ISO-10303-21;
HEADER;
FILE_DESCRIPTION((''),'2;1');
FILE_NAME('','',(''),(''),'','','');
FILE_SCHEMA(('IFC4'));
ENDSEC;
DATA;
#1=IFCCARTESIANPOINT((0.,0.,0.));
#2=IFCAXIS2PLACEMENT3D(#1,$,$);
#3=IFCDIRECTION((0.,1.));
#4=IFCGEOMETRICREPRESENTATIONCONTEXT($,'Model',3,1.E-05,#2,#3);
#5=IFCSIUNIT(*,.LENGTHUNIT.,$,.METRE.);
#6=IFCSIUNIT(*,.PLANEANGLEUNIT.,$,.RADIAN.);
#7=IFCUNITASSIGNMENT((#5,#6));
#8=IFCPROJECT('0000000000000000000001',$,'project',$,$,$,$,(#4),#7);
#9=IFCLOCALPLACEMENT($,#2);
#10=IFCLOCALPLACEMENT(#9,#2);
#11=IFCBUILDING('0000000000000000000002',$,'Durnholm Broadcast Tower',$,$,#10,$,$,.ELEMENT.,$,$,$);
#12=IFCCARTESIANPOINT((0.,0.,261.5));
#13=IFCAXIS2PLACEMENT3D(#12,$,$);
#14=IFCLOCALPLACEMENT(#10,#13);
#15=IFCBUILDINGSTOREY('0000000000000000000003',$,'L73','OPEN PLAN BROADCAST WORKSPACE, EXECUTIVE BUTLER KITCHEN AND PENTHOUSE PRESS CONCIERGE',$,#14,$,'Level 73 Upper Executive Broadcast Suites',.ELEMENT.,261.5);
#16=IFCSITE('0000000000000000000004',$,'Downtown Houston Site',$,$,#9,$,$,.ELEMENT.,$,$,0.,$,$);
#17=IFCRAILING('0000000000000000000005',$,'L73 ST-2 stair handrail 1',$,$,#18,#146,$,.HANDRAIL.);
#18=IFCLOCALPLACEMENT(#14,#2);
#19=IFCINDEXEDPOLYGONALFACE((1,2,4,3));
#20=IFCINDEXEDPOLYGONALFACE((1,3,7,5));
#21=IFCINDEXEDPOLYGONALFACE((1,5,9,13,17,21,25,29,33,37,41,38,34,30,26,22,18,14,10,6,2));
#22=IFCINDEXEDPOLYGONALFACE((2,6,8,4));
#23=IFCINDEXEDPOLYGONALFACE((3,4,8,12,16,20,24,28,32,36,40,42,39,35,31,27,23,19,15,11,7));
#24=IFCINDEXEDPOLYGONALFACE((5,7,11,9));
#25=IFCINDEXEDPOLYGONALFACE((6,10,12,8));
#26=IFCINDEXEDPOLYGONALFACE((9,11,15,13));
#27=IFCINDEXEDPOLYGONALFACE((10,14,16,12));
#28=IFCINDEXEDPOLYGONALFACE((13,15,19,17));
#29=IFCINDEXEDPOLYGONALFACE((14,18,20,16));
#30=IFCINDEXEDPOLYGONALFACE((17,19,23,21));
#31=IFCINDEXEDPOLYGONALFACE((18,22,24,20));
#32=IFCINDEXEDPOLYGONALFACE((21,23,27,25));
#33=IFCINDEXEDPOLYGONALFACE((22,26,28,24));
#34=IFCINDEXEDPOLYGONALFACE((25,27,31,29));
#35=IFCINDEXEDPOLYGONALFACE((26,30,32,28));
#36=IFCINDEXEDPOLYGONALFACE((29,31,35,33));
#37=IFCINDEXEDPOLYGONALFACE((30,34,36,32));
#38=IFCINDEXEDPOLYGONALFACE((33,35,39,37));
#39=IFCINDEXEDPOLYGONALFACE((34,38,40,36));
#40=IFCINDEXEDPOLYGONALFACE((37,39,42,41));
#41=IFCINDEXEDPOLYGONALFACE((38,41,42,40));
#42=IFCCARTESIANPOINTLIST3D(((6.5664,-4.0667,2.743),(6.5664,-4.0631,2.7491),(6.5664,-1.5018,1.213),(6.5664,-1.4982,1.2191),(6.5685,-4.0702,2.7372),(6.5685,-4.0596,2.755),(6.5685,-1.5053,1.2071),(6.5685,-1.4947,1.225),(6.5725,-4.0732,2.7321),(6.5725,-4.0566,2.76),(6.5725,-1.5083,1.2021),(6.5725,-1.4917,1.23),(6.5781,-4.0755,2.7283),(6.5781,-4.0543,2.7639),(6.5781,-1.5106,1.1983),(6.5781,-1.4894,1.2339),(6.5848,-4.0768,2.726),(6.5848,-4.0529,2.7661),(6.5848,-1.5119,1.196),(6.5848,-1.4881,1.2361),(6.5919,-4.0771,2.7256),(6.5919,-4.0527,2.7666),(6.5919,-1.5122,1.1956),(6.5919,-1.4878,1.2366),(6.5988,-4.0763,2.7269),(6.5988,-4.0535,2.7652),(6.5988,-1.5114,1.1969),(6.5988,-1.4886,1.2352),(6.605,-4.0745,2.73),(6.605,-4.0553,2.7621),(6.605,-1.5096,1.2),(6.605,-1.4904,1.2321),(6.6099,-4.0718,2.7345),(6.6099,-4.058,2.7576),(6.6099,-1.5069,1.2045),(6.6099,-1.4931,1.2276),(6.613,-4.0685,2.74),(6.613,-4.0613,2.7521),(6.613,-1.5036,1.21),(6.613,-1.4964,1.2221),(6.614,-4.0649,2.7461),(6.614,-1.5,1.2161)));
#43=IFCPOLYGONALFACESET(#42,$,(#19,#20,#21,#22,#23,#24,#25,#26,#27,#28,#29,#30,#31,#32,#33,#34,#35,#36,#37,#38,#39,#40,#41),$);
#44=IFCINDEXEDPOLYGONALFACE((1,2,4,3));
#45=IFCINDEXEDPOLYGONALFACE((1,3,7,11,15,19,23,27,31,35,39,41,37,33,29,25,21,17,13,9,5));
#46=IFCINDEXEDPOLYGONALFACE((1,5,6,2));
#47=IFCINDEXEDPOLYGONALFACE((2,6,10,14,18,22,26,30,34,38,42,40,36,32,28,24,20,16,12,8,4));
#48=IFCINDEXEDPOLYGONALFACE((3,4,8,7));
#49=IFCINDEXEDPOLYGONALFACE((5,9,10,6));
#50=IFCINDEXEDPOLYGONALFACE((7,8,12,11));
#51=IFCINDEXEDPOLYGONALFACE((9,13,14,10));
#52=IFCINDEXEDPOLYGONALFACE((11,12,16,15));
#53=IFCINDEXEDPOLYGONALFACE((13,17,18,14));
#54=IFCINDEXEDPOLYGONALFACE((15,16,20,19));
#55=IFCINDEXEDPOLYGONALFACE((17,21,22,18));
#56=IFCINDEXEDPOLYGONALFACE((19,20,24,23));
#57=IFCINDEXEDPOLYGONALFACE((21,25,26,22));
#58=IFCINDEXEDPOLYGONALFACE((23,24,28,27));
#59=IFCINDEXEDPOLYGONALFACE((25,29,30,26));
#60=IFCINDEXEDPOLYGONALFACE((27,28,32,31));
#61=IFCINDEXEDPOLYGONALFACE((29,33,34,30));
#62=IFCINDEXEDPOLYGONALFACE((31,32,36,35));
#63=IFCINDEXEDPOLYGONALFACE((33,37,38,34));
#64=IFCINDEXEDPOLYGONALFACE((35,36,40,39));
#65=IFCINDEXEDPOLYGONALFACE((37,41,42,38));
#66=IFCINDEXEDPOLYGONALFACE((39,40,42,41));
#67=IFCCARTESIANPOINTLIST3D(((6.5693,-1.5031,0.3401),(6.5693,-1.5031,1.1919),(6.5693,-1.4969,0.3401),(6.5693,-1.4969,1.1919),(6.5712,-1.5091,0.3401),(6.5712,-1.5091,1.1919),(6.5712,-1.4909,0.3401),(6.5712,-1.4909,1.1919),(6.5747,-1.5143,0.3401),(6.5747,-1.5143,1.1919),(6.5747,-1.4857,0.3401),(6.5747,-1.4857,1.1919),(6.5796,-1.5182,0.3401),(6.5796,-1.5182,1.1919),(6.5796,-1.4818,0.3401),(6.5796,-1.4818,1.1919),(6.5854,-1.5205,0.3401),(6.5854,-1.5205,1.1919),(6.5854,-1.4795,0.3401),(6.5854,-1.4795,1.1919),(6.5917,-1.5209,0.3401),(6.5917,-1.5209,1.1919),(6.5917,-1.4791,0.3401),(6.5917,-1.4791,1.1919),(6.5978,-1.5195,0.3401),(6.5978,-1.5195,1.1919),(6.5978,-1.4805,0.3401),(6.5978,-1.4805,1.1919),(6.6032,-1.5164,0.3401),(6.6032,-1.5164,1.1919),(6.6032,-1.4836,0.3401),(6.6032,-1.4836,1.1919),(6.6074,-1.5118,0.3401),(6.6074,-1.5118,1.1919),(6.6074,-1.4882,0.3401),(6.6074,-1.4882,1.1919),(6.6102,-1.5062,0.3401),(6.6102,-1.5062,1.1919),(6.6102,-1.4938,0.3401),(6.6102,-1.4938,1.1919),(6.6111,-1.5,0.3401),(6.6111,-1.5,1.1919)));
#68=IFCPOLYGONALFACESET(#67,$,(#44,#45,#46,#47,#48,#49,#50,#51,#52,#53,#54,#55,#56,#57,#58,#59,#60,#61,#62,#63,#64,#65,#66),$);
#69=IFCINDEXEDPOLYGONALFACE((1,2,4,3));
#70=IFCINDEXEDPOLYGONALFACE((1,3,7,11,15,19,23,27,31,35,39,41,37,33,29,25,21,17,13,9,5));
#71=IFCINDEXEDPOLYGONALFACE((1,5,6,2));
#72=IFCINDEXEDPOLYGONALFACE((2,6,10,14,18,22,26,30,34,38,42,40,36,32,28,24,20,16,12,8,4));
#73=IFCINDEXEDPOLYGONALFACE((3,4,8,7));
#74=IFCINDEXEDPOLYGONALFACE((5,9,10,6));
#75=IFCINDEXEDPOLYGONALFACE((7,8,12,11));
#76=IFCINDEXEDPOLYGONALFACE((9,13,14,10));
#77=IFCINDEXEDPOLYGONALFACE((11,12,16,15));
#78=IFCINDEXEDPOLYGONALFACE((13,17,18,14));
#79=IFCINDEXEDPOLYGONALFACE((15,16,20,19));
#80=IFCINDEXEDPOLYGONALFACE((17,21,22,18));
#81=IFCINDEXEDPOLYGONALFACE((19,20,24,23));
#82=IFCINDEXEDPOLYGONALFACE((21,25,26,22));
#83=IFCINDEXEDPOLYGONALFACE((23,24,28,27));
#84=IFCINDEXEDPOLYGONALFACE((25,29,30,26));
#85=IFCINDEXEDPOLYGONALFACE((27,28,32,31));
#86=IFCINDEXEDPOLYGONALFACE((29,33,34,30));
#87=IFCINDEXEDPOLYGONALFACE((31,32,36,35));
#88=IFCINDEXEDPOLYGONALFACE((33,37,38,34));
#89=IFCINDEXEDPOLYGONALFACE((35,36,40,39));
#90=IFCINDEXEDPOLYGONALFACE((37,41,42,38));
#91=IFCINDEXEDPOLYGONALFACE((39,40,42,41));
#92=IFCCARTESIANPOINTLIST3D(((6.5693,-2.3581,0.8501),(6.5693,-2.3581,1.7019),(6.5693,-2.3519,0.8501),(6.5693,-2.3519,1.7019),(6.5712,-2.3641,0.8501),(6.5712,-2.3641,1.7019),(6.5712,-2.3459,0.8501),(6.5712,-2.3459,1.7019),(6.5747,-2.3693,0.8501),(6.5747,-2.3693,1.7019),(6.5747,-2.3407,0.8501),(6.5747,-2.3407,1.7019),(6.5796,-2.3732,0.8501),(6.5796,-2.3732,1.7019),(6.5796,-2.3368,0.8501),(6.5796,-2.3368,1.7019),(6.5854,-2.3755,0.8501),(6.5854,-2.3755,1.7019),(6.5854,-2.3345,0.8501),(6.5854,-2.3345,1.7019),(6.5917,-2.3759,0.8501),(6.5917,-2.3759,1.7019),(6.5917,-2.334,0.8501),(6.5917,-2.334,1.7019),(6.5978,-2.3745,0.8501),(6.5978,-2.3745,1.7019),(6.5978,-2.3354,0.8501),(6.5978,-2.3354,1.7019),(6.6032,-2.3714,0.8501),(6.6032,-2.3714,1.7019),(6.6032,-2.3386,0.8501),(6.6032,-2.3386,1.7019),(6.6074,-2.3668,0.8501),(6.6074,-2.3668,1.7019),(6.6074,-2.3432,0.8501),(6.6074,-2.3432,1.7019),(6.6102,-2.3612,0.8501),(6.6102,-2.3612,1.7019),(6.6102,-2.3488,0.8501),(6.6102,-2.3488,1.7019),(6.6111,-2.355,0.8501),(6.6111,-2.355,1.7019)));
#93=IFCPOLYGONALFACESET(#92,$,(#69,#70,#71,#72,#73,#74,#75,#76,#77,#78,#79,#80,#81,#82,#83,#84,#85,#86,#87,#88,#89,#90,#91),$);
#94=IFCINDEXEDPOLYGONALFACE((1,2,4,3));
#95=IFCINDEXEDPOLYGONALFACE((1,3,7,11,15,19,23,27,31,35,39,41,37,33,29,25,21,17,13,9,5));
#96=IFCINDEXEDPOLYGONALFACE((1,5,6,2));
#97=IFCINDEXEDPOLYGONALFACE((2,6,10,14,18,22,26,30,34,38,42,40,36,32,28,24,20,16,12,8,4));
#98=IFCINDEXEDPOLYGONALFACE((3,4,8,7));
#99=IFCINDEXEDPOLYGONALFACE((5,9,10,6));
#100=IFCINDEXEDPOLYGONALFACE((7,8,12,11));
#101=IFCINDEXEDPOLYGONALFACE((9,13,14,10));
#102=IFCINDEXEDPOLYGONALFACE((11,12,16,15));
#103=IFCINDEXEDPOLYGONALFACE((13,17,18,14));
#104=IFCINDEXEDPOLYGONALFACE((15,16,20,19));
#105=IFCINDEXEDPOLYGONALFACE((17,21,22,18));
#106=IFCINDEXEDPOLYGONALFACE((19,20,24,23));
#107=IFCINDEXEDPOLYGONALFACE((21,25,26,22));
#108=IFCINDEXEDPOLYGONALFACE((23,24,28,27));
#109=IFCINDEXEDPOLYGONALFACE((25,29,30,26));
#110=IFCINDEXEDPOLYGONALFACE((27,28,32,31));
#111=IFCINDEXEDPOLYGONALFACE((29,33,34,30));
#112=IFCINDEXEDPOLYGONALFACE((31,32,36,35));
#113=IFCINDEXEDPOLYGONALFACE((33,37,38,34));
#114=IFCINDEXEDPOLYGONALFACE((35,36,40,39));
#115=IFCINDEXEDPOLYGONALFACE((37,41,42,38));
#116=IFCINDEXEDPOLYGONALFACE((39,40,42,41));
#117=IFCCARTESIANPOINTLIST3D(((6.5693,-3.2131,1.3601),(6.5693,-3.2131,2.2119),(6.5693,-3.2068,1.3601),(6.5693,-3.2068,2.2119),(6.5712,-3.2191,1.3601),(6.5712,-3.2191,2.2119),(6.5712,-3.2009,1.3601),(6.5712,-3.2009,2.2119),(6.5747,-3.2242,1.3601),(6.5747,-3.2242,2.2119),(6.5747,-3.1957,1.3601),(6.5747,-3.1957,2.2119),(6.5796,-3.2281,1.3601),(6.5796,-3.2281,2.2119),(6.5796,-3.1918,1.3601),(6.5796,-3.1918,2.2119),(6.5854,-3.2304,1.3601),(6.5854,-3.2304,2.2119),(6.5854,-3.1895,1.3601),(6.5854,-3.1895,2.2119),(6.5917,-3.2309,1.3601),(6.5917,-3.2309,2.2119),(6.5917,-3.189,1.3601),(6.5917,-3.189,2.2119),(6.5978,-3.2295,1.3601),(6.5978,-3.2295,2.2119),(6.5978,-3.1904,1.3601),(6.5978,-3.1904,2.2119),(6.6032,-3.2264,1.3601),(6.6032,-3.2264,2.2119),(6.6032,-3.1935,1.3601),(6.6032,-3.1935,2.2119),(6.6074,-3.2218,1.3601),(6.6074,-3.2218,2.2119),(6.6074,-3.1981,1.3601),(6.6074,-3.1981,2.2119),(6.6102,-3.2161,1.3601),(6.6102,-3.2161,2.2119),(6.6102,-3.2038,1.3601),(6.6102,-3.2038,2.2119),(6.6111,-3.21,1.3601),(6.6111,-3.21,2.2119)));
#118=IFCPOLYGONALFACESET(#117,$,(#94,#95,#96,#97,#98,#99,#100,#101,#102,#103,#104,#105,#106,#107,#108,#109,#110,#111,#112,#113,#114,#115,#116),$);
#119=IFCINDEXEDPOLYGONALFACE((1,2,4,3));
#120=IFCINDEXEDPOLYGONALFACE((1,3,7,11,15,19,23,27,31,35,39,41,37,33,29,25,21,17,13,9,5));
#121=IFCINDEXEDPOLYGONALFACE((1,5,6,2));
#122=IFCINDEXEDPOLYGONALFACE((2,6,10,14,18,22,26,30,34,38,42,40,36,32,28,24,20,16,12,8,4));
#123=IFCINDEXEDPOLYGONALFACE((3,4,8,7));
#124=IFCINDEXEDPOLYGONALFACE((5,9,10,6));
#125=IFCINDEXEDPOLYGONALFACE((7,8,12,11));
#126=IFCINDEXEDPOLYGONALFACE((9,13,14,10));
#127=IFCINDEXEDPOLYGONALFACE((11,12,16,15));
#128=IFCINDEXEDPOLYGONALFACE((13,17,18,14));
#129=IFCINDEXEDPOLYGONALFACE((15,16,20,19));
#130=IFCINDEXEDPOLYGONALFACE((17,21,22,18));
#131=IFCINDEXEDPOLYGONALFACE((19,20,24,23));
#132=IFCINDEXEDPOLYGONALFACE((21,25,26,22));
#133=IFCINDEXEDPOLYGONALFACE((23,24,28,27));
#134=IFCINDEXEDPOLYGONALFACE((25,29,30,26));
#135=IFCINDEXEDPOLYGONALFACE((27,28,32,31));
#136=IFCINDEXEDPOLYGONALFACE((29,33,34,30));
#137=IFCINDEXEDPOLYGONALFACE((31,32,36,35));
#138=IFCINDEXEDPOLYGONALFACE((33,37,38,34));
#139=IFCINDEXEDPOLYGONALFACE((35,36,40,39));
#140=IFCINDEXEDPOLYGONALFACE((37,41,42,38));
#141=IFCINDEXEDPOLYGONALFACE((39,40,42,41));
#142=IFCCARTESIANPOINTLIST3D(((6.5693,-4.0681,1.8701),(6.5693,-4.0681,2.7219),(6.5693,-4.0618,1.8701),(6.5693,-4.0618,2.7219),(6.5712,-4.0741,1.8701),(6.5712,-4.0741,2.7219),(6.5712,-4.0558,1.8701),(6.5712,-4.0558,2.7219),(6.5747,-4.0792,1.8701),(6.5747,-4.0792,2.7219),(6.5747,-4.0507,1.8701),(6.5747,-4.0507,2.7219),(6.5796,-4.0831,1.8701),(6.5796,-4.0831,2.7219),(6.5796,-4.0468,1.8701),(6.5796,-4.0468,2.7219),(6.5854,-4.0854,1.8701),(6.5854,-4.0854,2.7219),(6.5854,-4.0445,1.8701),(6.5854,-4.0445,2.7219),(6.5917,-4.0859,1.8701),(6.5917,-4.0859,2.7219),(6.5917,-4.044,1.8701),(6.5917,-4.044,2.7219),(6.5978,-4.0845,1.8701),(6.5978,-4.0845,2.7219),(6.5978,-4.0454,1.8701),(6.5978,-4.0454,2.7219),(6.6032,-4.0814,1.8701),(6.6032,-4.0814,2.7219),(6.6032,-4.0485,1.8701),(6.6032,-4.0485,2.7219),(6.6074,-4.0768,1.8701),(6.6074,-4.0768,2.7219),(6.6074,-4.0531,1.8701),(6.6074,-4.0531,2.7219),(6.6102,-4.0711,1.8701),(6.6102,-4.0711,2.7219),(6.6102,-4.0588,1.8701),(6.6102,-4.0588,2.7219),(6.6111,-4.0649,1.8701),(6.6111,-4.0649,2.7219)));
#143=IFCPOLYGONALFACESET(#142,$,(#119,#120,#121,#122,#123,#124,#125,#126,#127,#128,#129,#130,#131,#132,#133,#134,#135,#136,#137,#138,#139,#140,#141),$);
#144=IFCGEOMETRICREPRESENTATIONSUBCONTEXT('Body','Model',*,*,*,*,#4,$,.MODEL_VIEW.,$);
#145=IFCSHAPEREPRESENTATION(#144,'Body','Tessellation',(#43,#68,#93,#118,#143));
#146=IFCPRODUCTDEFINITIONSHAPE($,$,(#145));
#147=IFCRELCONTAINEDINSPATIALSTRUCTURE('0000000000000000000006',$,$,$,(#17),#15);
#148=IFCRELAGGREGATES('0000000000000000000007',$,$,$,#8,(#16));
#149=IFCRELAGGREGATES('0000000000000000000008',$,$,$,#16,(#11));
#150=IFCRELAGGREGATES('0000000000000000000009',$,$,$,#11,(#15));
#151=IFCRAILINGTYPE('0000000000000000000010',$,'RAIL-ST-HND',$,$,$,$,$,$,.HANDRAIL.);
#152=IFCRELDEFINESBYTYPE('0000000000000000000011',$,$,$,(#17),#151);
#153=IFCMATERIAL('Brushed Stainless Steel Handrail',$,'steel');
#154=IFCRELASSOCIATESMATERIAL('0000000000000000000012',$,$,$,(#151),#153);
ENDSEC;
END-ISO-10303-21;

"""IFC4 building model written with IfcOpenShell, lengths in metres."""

from ifc_helpers import new_model, si_unit, direction, frame, origin, origin_2d, place, context, subcontext, project, spatial, circle, extrude, material, type_object, element, save


model = new_model("IFC4")

# Units and contexts
model_context = context("Model", 3, precision=1e-05, world=origin(), true_north=direction((0.0, 1.0)))
body_context = subcontext(model_context, "Body", "Model", "MODEL_VIEW")
ifc_project = project(units=[si_unit("LENGTHUNIT", "METRE"), si_unit("PLANEANGLEUNIT", "RADIAN")], contexts=[model_context])

# Site, building, storey
site_placement = place(None, origin())
site = spatial("IfcSite", under=ifc_project, at=site_placement, Name="Downtown Houston Site", CompositionType="ELEMENT", RefElevation=0.0)
building_placement = place(site_placement, origin())
building = spatial("IfcBuilding", under=site, at=building_placement, Name="Durnholm Broadcast Tower", CompositionType="ELEMENT")
storey_placement = place(building_placement, frame((0.0, 0.0, 261.5)))
storey = spatial("IfcBuildingStorey", under=building, at=storey_placement, Name="L73", Description="OPEN PLAN BROADCAST WORKSPACE, EXECUTIVE BUTLER KITCHEN AND PENTHOUSE PRESS CONCIERGE", LongName="Level 73 Upper Executive Broadcast Suites", CompositionType="ELEMENT", Elevation=261.5)

# Railing
ifc_material_1 = material(Name="Brushed Stainless Steel Handrail", Category="steel")
railing_type_1 = type_object("IfcRailingType", Name="RAIL-ST-HND", PredefinedType="HANDRAIL", material=ifc_material_1)
railing_1_placement = place(storey_placement, frame((6.5901, -1.5, 0.3401)))
element("IfcRailing", 1, at=railing_1_placement, inside=storey, type_object=railing_type_1, Name="L73 ST-2 stair handrail 1", PredefinedType="HANDRAIL", context=body_context, shape_type="SweptSolid", body=[
    extrude(circle(Radius=0.0239, at=origin_2d()), frame((0.0, 0.0, 0.876), z_axis=(0.0, -0.85881, 0.512294), x_axis=(1.0, 0.0, 0.0)), (0.0, 0.0, 1.0), 2.9866),
    extrude(circle(Radius=0.021, at=origin_2d()), origin(), (0.0, 0.0, 1.0), 0.8518),
    extrude(circle(Radius=0.021, at=origin_2d()), frame((0.0, -0.855, 0.51)), (0.0, 0.0, 1.0), 0.8518),
    extrude(circle(Radius=0.021, at=origin_2d()), frame((0.0, -1.71, 1.02)), (0.0, 0.0, 1.0), 0.8518),
    extrude(circle(Radius=0.021, at=origin_2d()), frame((0.0, -2.5649, 1.53)), (0.0, 0.0, 1.0), 0.8518),
])

save(model, "model.ifc")
